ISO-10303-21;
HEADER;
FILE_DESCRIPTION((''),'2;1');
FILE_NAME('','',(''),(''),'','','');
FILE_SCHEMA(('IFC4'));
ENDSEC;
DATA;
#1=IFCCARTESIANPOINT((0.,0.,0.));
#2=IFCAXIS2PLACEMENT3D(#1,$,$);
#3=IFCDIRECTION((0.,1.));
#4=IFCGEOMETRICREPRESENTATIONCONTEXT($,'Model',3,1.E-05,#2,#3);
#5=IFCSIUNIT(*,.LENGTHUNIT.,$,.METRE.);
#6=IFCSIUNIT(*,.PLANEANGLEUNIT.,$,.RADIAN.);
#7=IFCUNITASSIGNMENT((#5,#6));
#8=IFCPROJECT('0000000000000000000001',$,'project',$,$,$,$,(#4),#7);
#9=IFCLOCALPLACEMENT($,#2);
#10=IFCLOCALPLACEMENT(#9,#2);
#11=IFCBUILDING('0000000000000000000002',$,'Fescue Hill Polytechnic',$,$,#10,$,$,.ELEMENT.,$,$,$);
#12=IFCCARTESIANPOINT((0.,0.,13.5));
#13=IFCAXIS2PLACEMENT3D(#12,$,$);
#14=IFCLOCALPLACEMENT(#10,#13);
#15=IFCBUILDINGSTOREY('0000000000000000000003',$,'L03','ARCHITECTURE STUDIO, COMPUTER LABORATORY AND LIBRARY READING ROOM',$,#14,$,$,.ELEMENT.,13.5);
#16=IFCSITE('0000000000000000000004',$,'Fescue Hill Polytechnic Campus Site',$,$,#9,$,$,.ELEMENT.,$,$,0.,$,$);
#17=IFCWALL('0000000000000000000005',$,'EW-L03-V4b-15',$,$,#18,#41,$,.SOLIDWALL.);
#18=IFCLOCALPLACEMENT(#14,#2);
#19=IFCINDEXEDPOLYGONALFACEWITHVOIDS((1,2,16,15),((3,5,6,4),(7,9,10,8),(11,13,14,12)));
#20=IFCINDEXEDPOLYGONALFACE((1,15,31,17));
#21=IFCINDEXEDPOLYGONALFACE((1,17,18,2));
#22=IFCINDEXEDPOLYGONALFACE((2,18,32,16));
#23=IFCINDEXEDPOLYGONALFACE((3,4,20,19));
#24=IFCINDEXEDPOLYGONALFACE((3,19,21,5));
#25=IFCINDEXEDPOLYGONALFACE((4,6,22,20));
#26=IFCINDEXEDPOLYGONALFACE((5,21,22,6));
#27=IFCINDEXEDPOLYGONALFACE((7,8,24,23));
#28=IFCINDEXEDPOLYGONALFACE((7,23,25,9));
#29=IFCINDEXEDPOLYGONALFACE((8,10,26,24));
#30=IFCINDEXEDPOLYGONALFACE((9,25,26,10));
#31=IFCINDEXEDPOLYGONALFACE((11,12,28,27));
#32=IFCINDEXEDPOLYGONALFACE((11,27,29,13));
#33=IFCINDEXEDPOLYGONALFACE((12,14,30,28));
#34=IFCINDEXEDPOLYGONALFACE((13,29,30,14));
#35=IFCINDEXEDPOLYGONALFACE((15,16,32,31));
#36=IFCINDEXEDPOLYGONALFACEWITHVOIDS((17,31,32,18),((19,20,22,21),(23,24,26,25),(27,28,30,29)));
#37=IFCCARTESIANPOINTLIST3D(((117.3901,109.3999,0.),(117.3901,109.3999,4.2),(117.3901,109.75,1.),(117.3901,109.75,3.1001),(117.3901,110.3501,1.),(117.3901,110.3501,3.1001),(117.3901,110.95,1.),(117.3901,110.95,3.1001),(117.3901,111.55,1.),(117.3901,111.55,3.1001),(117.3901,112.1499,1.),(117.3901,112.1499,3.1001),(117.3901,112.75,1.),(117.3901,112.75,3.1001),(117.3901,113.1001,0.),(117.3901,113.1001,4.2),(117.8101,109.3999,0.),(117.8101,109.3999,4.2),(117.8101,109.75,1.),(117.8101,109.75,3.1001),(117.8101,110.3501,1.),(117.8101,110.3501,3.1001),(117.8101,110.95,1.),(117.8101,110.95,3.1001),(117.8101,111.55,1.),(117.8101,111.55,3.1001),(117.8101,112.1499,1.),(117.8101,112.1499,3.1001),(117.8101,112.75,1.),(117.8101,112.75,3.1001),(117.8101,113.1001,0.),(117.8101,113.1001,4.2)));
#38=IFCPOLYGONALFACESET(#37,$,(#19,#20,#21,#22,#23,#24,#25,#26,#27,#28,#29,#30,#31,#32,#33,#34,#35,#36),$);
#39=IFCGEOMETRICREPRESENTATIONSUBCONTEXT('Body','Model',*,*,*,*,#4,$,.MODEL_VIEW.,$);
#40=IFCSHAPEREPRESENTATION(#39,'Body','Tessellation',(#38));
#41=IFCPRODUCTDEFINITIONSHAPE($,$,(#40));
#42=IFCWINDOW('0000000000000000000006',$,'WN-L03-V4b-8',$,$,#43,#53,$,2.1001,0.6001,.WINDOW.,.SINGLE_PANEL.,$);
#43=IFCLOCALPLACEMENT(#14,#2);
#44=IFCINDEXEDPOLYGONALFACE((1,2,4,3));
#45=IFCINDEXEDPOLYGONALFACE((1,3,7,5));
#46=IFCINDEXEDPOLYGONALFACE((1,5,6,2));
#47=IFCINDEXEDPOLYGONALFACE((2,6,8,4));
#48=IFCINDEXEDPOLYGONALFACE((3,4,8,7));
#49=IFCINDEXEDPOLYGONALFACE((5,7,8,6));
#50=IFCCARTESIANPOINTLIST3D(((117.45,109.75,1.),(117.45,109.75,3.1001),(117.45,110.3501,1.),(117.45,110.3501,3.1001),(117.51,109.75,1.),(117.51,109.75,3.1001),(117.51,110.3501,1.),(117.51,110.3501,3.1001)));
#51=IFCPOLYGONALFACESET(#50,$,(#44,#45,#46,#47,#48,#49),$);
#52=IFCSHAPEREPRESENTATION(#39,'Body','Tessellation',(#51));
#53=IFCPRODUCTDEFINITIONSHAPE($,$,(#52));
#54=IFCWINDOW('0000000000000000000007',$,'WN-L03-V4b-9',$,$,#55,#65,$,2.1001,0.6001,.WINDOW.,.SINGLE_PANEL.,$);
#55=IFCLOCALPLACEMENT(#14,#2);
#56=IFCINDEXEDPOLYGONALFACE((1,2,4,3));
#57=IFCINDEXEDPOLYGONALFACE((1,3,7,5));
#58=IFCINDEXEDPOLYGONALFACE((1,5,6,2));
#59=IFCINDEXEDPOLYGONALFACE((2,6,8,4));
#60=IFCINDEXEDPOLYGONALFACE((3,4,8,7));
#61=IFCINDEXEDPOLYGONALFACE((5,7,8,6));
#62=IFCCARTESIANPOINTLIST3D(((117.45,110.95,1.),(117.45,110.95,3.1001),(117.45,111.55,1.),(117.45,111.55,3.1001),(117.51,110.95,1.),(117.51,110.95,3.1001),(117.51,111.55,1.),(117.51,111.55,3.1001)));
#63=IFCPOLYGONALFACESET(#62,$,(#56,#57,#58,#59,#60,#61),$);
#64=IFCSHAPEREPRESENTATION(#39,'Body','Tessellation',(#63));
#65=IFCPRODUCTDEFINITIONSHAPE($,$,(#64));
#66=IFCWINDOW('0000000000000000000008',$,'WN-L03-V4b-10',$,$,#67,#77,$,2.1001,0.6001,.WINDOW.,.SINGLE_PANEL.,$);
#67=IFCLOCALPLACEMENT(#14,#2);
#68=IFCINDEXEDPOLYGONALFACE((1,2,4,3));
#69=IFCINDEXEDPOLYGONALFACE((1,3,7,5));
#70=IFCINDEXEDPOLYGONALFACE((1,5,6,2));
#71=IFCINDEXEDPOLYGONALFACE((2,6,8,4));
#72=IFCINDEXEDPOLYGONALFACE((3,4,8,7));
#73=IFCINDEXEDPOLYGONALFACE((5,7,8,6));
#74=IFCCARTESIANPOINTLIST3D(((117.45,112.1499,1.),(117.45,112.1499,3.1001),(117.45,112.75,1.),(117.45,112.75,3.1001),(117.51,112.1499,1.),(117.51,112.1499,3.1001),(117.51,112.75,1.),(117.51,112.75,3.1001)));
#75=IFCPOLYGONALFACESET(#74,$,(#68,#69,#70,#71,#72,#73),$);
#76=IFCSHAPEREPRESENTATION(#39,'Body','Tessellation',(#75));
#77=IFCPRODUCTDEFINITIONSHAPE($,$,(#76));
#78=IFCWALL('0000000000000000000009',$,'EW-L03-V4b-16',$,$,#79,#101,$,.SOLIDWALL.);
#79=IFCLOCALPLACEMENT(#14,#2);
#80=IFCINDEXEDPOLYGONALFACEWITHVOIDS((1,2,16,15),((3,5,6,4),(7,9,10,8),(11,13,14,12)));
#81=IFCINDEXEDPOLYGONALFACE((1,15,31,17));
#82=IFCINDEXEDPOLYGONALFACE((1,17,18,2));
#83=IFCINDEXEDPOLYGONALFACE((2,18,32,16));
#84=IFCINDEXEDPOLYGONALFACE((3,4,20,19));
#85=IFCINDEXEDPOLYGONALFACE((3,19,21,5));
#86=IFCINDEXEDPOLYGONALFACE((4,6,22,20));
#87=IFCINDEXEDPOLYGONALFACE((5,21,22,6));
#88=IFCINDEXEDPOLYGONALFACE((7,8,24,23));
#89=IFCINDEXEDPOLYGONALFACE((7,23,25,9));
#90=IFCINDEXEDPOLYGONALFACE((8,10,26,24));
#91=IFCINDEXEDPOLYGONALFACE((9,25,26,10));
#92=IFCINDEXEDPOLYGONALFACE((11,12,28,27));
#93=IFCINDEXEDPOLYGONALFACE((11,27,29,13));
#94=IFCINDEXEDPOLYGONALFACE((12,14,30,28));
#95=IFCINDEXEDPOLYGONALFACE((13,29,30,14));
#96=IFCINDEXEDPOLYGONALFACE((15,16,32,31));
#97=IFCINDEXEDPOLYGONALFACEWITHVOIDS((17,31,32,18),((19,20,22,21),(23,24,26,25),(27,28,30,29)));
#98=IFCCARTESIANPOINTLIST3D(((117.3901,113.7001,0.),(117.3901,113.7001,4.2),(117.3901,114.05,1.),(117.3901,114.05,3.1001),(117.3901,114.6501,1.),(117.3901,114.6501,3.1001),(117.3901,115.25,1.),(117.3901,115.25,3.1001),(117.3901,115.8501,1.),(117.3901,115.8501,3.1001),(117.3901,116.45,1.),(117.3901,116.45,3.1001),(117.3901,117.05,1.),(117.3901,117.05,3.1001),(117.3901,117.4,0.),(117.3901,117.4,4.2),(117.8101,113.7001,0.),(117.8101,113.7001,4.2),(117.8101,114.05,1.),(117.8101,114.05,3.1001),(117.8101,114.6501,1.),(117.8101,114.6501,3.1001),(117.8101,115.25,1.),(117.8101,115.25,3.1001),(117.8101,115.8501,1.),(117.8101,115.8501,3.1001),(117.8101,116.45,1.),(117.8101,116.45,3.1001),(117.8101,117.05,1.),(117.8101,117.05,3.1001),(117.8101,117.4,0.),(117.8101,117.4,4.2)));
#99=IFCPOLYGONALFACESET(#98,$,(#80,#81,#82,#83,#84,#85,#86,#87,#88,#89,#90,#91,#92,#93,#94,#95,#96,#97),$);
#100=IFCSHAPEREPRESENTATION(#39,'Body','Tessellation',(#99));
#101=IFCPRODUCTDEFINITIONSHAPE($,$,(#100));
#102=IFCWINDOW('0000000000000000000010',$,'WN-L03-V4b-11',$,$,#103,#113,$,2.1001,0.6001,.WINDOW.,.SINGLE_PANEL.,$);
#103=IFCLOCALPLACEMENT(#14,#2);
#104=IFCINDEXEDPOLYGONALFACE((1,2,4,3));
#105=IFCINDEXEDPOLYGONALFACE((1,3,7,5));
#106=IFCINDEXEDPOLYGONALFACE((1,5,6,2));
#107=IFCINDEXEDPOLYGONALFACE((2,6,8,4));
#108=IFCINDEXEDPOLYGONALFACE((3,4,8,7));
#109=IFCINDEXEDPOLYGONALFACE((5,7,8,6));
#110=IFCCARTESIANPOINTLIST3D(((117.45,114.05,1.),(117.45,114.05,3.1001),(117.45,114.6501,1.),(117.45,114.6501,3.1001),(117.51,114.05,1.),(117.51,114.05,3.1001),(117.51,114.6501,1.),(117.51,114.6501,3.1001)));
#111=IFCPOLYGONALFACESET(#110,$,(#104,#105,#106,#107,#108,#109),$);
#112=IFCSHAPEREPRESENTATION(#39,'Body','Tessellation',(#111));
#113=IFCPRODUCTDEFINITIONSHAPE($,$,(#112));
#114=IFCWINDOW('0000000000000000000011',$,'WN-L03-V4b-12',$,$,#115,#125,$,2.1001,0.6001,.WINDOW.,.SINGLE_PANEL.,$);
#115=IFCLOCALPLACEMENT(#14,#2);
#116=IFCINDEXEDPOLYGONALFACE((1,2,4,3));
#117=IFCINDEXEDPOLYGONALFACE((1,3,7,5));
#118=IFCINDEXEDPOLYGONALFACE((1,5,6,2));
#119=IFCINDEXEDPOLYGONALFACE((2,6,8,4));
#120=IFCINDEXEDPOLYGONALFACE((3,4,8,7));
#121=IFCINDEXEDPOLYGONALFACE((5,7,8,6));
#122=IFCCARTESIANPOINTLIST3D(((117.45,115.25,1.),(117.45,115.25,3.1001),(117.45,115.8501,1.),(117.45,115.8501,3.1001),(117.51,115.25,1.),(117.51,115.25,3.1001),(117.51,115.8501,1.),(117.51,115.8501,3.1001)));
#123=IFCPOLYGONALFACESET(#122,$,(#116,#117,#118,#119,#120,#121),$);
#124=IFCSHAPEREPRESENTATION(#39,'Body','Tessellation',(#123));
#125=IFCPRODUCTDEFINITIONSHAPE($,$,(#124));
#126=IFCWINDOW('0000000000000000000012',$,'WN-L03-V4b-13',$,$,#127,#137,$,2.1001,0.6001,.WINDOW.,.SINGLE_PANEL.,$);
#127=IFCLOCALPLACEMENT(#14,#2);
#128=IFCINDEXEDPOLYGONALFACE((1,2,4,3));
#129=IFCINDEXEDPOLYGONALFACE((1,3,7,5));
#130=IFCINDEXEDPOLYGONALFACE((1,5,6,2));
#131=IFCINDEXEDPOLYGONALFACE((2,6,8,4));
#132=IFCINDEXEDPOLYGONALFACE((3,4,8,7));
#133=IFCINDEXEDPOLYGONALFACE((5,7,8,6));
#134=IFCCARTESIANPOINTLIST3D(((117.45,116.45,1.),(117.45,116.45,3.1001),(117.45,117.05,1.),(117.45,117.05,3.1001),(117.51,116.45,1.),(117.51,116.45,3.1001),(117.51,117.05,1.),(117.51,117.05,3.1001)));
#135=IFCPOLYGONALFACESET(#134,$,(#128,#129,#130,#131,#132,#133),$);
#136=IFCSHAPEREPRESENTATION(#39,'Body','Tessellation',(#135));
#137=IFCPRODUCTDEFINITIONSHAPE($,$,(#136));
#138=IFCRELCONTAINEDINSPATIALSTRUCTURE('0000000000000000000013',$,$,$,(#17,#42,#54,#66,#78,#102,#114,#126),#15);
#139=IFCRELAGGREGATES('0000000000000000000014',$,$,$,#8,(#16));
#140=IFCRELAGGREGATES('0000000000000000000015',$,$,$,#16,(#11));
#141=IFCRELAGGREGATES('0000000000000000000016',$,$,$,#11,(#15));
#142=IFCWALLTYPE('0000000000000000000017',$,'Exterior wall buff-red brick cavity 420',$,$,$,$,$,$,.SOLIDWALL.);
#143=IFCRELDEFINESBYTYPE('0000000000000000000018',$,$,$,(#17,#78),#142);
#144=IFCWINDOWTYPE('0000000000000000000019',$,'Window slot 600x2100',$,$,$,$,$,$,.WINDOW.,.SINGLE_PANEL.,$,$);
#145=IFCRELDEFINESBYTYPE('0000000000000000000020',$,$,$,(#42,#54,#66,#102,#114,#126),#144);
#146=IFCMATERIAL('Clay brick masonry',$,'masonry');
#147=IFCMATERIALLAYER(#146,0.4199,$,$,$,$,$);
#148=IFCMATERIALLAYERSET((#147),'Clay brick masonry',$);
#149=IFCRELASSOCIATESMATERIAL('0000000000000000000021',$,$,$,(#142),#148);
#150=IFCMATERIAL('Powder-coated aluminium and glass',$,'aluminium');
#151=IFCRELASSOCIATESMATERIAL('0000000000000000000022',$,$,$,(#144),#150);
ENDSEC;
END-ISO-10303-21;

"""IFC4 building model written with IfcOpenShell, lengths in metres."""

from ifc_helpers import new_model, si_unit, direction, frame, frame_2d, origin, place, context, subcontext, project, spatial, rectangle, extrude, material, layer, layer_set, type_object, element, fill, save


model = new_model("IFC4")

# Units and contexts
model_context = context("Model", 3, precision=1e-05, world=origin(), true_north=direction((0.0, 1.0)))
body_context = subcontext(model_context, "Body", "Model", "MODEL_VIEW")
ifc_project = project(units=[si_unit("LENGTHUNIT", "METRE"), si_unit("PLANEANGLEUNIT", "RADIAN")], contexts=[model_context])

# Site, building, storey
site_placement = place(None, origin())
site = spatial("IfcSite", under=ifc_project, at=site_placement, Name="Fescue Hill Polytechnic Campus Site", CompositionType="ELEMENT", RefElevation=0.0)
building_placement = place(site_placement, origin())
building = spatial("IfcBuilding", under=site, at=building_placement, Name="Fescue Hill Polytechnic", CompositionType="ELEMENT")
storey_placement = place(building_placement, frame((0.0, 0.0, 13.5)))
storey = spatial("IfcBuildingStorey", under=building, at=storey_placement, Name="L03", Description="ARCHITECTURE STUDIO, COMPUTER LABORATORY AND LIBRARY READING ROOM", CompositionType="ELEMENT", Elevation=13.5)

# Shared definitions
ifc_material_1 = material(Name="Clay brick masonry", Category="masonry")

# Shared definitions
ifc_material_2 = material(Name="Powder-coated aluminium and glass", Category="aluminium")

# Walls, openings, windows
ifc_layer_1 = layer(ifc_material_1, 0.4199)
ifc_layer_set_1 = layer_set([ifc_layer_1], Name="Clay brick masonry")
wall_type_1 = type_object("IfcWallType", Name="Exterior wall buff-red brick cavity 420", PredefinedType="SOLIDWALL", material=ifc_layer_set_1)
wall_1_placement = place(storey_placement, frame((117.6001, 109.3999, 0.0), z_axis=(0.0, 0.0, 1.0), x_axis=(0.0, 1.0, 0.0)))
wall_1 = element("IfcWall", 1, at=wall_1_placement, inside=storey, type_object=wall_type_1, Name="EW-L03-V4b-15", PredefinedType="SOLIDWALL", context=body_context, shape_type="SweptSolid", body=[
    extrude(rectangle(XDim=3.7002, YDim=0.4199, at=frame_2d((1.8501, 0.0))), origin(), (0.0, 0.0, 1.0), 4.2),
])
opening_1_placement = place(wall_1_placement, frame((0.3501, 0.0, 1.0)))
opening_1 = element("IfcOpeningElement", 2, at=opening_1_placement, cuts=wall_1, PredefinedType="OPENING", context=body_context, shape_type="SweptSolid", body=[
    extrude(rectangle(XDim=0.6001, YDim=2.1001, at=frame_2d((0.3, 1.05))), frame((0.0, 0.22, 0.0), z_axis=(0.0, -1.0, 0.0), x_axis=(1.0, 0.0, 0.0)), (0.0, 0.0, 1.0), 0.4399),
])
opening_2_placement = place(wall_1_placement, frame((1.55, 0.0, 1.0)))
opening_2 = element("IfcOpeningElement", 3, at=opening_2_placement, cuts=wall_1, PredefinedType="OPENING", context=body_context, shape_type="SweptSolid", body=[
    extrude(rectangle(XDim=0.6001, YDim=2.1001, at=frame_2d((0.3, 1.05))), frame((0.0, 0.22, 0.0), z_axis=(0.0, -1.0, 0.0), x_axis=(1.0, 0.0, 0.0)), (0.0, 0.0, 1.0), 0.4399),
])
opening_3_placement = place(wall_1_placement, frame((2.75, 0.0, 1.0)))
opening_3 = element("IfcOpeningElement", 4, at=opening_3_placement, cuts=wall_1, PredefinedType="OPENING", context=body_context, shape_type="SweptSolid", body=[
    extrude(rectangle(XDim=0.6001, YDim=2.1001, at=frame_2d((0.3, 1.05))), frame((0.0, 0.22, 0.0), z_axis=(0.0, -1.0, 0.0), x_axis=(1.0, 0.0, 0.0)), (0.0, 0.0, 1.0), 0.4399),
])
window_type_1 = type_object("IfcWindowType", Name="Window slot 600x2100", PartitioningType="SINGLE_PANEL", PredefinedType="WINDOW", material=ifc_material_2)
window_1_placement = place(opening_1_placement, origin())
window_1 = element("IfcWindow", 5, at=window_1_placement, inside=storey, type_object=window_type_1, Name="WN-L03-V4b-8", OverallHeight=2.1001, OverallWidth=0.6001, PartitioningType="SINGLE_PANEL", PredefinedType="WINDOW", context=body_context, shape_type="SweptSolid", body=[
    extrude(rectangle(XDim=0.6001, YDim=2.1001, at=frame_2d((0.3, 1.05))), frame((0.0, 0.1501, 0.0), z_axis=(0.0, -1.0, 0.0), x_axis=(1.0, 0.0, 0.0)), (0.0, 0.0, 1.0), 0.0601),
])
fill(opening_1, window_1)
window_2_placement = place(opening_2_placement, origin())
window_2 = element("IfcWindow", 6, at=window_2_placement, inside=storey, type_object=window_type_1, Name="WN-L03-V4b-9", OverallHeight=2.1001, OverallWidth=0.6001, PartitioningType="SINGLE_PANEL", PredefinedType="WINDOW", context=body_context, shape_type="SweptSolid", body=[
    extrude(rectangle(XDim=0.6001, YDim=2.1001, at=frame_2d((0.3, 1.05))), frame((0.0, 0.1501, 0.0), z_axis=(0.0, -1.0, 0.0), x_axis=(1.0, 0.0, 0.0)), (0.0, 0.0, 1.0), 0.0601),
])
fill(opening_2, window_2)
window_3_placement = place(opening_3_placement, origin())
window_3 = element("IfcWindow", 7, at=window_3_placement, inside=storey, type_object=window_type_1, Name="WN-L03-V4b-10", OverallHeight=2.1001, OverallWidth=0.6001, PartitioningType="SINGLE_PANEL", PredefinedType="WINDOW", context=body_context, shape_type="SweptSolid", body=[
    extrude(rectangle(XDim=0.6001, YDim=2.1001, at=frame_2d((0.3, 1.05))), frame((0.0, 0.1501, 0.0), z_axis=(0.0, -1.0, 0.0), x_axis=(1.0, 0.0, 0.0)), (0.0, 0.0, 1.0), 0.0601),
])
fill(opening_3, window_3)
wall_2_placement = place(storey_placement, frame((117.6001, 113.7, 0.0), z_axis=(0.0, 0.0, 1.0), x_axis=(0.0, 1.0, 0.0)))
wall_2 = element("IfcWall", 8, at=wall_2_placement, inside=storey, type_object=wall_type_1, Name="EW-L03-V4b-16", PredefinedType="SOLIDWALL", context=body_context, shape_type="SweptSolid", body=[
    extrude(rectangle(XDim=3.7, YDim=0.4199, at=frame_2d((1.8501, 0.0))), origin(), (0.0, 0.0, 1.0), 4.2),
])
opening_4_placement = place(wall_2_placement, frame((0.3501, 0.0, 1.0)))
opening_4 = element("IfcOpeningElement", 9, at=opening_4_placement, cuts=wall_2, PredefinedType="OPENING", context=body_context, shape_type="SweptSolid", body=[
    extrude(rectangle(XDim=0.6001, YDim=2.1001, at=frame_2d((0.3, 1.05))), frame((0.0, 0.22, 0.0), z_axis=(0.0, -1.0, 0.0), x_axis=(1.0, 0.0, 0.0)), (0.0, 0.0, 1.0), 0.4399),
])
opening_5_placement = place(wall_2_placement, frame((1.55, 0.0, 1.0)))
opening_5 = element("IfcOpeningElement", 10, at=opening_5_placement, cuts=wall_2, PredefinedType="OPENING", context=body_context, shape_type="SweptSolid", body=[
    extrude(rectangle(XDim=0.6001, YDim=2.1001, at=frame_2d((0.3, 1.05))), frame((0.0, 0.22, 0.0), z_axis=(0.0, -1.0, 0.0), x_axis=(1.0, 0.0, 0.0)), (0.0, 0.0, 1.0), 0.4399),
])
opening_6_placement = place(wall_2_placement, frame((2.75, 0.0, 1.0)))
opening_6 = element("IfcOpeningElement", 11, at=opening_6_placement, cuts=wall_2, PredefinedType="OPENING", context=body_context, shape_type="SweptSolid", body=[
    extrude(rectangle(XDim=0.6001, YDim=2.1001, at=frame_2d((0.3, 1.05))), frame((0.0, 0.22, 0.0), z_axis=(0.0, -1.0, 0.0), x_axis=(1.0, 0.0, 0.0)), (0.0, 0.0, 1.0), 0.4399),
])
window_4_placement = place(opening_4_placement, origin())
window_4 = element("IfcWindow", 12, at=window_4_placement, inside=storey, type_object=window_type_1, Name="WN-L03-V4b-11", OverallHeight=2.1001, OverallWidth=0.6001, PartitioningType="SINGLE_PANEL", PredefinedType="WINDOW", context=body_context, shape_type="SweptSolid", body=[
    extrude(rectangle(XDim=0.6001, YDim=2.1001, at=frame_2d((0.3, 1.05))), frame((0.0, 0.1501, 0.0), z_axis=(0.0, -1.0, 0.0), x_axis=(1.0, 0.0, 0.0)), (0.0, 0.0, 1.0), 0.0601),
])
fill(opening_4, window_4)
window_5_placement = place(opening_5_placement, origin())
window_5 = element("IfcWindow", 13, at=window_5_placement, inside=storey, type_object=window_type_1, Name="WN-L03-V4b-12", OverallHeight=2.1001, OverallWidth=0.6001, PartitioningType="SINGLE_PANEL", PredefinedType="WINDOW", context=body_context, shape_type="SweptSolid", body=[
    extrude(rectangle(XDim=0.6001, YDim=2.1001, at=frame_2d((0.3, 1.05))), frame((0.0, 0.1501, 0.0), z_axis=(0.0, -1.0, 0.0), x_axis=(1.0, 0.0, 0.0)), (0.0, 0.0, 1.0), 0.0601),
])
fill(opening_5, window_5)
window_6_placement = place(opening_6_placement, origin())
window_6 = element("IfcWindow", 14, at=window_6_placement, inside=storey, type_object=window_type_1, Name="WN-L03-V4b-13", OverallHeight=2.1001, OverallWidth=0.6001, PartitioningType="SINGLE_PANEL", PredefinedType="WINDOW", context=body_context, shape_type="SweptSolid", body=[
    extrude(rectangle(XDim=0.6001, YDim=2.1001, at=frame_2d((0.3, 1.05))), frame((0.0, 0.1501, 0.0), z_axis=(0.0, -1.0, 0.0), x_axis=(1.0, 0.0, 0.0)), (0.0, 0.0, 1.0), 0.0601),
])
fill(opening_6, window_6)

save(model, "model.ifc")
